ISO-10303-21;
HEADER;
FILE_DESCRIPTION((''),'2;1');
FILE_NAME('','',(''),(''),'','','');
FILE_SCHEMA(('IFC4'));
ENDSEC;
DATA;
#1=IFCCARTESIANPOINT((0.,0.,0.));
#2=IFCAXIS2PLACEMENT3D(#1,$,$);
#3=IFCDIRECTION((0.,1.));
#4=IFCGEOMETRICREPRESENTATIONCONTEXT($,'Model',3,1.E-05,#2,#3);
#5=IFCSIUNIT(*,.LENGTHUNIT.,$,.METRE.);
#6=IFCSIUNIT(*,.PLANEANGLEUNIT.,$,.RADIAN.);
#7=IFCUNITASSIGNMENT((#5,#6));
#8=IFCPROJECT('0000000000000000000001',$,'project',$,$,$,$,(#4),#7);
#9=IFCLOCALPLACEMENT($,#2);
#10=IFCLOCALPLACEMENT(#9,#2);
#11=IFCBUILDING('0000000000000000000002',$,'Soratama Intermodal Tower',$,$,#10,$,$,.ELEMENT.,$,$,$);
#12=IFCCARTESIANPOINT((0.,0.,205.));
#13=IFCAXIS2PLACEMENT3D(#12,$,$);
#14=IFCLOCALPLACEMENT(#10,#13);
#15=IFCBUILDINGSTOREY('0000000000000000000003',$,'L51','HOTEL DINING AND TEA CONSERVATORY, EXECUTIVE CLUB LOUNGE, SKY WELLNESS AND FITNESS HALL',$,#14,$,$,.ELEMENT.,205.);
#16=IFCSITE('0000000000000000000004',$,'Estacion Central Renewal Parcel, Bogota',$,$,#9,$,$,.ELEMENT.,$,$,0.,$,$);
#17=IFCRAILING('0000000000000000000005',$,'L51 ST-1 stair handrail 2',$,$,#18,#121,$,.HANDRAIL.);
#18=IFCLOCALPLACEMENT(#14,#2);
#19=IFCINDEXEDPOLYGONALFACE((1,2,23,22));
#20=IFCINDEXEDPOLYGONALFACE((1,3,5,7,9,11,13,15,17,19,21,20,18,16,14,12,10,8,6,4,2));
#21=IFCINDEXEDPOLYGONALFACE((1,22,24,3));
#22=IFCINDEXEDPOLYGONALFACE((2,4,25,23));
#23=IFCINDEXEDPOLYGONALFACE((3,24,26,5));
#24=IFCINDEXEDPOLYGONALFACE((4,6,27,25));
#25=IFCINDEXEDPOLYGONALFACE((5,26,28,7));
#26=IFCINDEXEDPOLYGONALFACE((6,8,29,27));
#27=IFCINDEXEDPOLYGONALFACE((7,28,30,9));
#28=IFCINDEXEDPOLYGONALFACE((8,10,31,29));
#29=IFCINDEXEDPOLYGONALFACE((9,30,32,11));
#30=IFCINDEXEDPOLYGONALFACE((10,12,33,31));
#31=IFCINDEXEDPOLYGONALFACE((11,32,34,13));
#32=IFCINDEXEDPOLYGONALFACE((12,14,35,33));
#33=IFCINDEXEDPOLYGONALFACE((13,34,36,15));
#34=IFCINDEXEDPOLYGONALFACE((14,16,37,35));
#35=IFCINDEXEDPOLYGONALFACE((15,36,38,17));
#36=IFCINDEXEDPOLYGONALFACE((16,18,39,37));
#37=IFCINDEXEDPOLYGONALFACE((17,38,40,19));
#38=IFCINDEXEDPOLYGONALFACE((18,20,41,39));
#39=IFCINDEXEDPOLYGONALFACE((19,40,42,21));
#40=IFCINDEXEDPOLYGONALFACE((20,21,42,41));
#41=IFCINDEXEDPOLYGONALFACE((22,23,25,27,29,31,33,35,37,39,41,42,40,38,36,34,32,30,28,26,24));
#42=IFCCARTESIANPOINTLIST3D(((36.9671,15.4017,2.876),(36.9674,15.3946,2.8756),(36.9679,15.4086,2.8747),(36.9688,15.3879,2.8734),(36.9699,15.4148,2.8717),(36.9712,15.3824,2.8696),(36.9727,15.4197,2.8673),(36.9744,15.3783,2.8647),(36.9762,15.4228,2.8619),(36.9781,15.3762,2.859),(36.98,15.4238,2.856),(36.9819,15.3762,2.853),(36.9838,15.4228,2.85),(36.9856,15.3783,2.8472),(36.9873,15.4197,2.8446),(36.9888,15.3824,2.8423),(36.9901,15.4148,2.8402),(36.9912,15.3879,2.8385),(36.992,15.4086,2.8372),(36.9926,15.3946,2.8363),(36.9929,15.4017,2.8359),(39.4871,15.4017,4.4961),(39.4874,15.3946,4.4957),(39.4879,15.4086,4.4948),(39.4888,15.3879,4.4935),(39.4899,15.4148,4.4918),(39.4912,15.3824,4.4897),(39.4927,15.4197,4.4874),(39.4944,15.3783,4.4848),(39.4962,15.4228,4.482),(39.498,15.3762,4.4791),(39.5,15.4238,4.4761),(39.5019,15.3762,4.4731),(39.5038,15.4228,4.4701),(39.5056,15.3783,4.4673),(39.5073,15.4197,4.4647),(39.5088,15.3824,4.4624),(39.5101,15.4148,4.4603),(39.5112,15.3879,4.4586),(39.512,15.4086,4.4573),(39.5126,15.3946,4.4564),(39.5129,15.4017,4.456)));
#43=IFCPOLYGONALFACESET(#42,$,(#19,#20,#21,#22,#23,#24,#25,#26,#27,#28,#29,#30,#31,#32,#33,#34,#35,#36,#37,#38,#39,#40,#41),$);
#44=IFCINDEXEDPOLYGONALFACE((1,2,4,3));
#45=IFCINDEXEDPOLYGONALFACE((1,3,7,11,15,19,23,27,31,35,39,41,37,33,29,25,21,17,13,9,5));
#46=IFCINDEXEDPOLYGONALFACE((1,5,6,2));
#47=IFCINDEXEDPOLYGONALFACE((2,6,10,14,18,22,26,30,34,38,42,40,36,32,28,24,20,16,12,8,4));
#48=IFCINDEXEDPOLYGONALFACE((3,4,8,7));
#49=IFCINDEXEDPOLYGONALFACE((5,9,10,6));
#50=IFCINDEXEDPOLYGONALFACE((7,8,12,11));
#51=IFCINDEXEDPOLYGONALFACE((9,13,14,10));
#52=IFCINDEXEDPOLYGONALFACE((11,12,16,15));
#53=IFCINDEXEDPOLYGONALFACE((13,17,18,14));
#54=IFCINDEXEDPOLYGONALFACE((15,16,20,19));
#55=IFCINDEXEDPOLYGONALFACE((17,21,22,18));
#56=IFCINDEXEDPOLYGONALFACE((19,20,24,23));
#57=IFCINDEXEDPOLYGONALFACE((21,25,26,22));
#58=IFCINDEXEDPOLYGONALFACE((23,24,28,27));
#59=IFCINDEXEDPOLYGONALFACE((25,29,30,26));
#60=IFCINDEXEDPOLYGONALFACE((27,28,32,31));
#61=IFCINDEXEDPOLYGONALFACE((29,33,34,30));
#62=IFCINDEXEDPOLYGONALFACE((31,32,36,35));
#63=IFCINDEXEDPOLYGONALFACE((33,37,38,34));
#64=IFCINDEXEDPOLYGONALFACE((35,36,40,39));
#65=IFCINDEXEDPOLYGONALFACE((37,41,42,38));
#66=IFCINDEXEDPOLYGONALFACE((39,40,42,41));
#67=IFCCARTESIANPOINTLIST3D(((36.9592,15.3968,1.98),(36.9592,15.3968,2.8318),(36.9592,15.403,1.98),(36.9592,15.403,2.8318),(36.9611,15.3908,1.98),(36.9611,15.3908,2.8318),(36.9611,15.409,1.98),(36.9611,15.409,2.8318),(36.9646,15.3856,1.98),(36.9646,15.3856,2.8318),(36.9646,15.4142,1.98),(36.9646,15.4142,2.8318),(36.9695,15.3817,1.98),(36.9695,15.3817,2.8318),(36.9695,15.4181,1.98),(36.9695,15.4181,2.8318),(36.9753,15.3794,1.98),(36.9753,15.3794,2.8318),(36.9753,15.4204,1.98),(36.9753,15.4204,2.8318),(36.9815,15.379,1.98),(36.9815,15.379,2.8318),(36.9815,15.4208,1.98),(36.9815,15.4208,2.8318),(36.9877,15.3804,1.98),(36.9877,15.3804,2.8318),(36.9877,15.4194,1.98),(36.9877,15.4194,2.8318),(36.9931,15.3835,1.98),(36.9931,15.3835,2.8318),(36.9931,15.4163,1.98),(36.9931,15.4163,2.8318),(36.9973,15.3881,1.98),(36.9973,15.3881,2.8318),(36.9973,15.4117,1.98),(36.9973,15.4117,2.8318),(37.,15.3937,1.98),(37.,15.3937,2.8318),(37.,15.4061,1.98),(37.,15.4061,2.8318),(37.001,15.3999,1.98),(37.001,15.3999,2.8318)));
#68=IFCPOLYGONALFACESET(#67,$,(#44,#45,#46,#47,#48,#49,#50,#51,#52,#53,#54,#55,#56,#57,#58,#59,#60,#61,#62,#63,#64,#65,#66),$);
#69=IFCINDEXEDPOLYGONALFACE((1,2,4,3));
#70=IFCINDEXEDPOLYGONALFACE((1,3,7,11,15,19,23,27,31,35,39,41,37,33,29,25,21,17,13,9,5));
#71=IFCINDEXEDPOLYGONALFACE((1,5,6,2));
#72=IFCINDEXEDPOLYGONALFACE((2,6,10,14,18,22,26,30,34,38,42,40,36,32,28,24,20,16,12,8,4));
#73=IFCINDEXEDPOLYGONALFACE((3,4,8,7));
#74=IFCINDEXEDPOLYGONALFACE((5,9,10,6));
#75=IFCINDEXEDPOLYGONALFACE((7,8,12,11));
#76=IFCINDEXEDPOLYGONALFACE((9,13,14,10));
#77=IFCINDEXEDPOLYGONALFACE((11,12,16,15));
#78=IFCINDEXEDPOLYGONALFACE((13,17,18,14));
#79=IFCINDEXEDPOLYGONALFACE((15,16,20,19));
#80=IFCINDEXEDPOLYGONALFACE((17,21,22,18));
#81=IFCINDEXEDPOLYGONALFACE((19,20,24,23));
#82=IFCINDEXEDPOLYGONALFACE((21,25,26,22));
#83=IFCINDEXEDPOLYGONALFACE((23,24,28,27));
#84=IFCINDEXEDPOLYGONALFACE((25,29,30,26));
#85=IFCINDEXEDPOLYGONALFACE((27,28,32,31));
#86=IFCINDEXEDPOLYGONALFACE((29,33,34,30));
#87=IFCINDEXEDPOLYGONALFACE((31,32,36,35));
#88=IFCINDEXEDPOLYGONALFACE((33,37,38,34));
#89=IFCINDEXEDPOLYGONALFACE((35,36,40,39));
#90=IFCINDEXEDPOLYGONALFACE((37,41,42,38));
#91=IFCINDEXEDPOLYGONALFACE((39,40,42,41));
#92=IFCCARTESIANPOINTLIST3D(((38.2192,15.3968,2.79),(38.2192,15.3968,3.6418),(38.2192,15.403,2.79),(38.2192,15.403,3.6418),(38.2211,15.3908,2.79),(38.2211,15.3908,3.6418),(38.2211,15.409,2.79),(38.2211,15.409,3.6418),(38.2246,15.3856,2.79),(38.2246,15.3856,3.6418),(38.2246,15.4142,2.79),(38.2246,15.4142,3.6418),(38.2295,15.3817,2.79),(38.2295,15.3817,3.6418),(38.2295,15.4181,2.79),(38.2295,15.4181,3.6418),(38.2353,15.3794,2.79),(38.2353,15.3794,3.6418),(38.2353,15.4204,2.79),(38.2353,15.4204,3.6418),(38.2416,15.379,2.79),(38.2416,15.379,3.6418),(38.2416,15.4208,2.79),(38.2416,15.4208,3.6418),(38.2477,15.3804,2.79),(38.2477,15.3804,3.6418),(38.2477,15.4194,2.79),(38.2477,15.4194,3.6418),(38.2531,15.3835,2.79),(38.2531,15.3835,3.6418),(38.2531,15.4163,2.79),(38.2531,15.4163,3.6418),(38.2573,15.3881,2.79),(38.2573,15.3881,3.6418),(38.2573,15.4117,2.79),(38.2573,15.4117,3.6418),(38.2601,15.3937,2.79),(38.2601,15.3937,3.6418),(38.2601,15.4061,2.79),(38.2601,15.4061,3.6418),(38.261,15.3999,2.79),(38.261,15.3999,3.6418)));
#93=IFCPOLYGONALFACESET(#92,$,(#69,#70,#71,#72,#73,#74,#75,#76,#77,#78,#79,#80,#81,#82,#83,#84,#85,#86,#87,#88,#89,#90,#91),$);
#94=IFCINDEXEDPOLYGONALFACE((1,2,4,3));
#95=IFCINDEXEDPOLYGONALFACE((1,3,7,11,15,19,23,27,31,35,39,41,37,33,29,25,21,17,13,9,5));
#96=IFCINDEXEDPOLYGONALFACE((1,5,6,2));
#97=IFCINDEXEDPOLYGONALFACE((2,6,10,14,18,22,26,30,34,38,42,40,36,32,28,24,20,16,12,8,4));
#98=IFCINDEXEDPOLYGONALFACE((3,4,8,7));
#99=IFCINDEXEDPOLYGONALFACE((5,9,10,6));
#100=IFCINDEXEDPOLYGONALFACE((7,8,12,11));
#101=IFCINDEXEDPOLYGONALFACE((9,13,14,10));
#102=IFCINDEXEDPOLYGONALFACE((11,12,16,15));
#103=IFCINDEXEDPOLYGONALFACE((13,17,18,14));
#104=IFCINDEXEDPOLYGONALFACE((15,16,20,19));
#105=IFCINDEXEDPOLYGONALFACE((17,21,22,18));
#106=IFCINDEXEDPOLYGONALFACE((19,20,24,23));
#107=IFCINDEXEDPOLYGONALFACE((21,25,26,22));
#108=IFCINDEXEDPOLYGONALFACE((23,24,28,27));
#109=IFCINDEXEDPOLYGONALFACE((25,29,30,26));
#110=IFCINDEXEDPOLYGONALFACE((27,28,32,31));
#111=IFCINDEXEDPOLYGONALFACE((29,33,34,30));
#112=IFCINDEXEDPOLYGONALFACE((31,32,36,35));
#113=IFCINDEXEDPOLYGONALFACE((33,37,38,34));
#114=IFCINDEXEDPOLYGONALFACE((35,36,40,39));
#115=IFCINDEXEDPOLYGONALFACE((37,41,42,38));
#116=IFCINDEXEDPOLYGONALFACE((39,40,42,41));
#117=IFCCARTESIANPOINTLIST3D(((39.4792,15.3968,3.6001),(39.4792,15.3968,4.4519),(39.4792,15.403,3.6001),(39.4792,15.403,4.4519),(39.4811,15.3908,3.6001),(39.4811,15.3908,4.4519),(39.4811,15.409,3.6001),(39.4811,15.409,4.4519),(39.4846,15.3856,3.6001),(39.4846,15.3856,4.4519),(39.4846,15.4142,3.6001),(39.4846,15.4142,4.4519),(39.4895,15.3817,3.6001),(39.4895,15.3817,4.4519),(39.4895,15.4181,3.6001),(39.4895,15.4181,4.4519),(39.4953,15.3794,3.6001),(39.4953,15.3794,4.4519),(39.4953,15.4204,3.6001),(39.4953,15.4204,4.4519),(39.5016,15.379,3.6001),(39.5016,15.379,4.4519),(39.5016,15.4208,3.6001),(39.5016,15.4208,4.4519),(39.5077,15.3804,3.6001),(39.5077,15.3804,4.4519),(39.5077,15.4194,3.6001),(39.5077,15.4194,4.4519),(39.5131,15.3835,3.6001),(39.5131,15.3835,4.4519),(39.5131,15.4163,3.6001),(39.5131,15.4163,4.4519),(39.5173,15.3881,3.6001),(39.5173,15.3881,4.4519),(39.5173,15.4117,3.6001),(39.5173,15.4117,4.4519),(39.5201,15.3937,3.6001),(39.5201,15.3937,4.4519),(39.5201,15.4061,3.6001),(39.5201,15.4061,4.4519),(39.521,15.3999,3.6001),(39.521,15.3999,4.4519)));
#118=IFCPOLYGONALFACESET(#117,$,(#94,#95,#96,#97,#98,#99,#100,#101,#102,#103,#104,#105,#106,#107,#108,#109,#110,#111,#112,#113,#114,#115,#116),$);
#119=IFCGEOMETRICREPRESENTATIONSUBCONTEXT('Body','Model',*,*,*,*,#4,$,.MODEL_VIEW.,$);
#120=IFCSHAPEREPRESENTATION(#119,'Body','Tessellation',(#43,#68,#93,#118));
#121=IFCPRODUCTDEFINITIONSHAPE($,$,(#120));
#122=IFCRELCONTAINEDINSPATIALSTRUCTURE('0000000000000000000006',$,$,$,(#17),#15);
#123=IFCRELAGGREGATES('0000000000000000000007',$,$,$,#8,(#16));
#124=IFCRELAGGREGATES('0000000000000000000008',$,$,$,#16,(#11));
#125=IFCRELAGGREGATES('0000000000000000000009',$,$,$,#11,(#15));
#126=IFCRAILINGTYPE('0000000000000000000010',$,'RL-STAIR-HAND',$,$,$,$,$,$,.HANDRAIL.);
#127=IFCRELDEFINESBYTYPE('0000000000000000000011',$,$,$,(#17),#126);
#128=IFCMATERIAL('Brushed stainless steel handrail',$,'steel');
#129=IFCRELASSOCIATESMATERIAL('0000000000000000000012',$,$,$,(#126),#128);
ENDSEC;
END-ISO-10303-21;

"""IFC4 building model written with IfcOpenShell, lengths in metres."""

from ifc_helpers import new_model, si_unit, direction, frame, origin, origin_2d, place, context, subcontext, project, spatial, circle, extrude, material, type_object, element, save


model = new_model("IFC4")

# Units and contexts
model_context = context("Model", 3, precision=1e-05, world=origin(), true_north=direction((0.0, 1.0)))
body_context = subcontext(model_context, "Body", "Model", "MODEL_VIEW")
ifc_project = project(units=[si_unit("LENGTHUNIT", "METRE"), si_unit("PLANEANGLEUNIT", "RADIAN")], contexts=[model_context])

# Site, building, storey
site_placement = place(None, origin())
site = spatial("IfcSite", under=ifc_project, at=site_placement, Name="Estacion Central Renewal Parcel, Bogota", CompositionType="ELEMENT", RefElevation=0.0)
building_placement = place(site_placement, origin())
building = spatial("IfcBuilding", under=site, at=building_placement, Name="Soratama Intermodal Tower", CompositionType="ELEMENT")
storey_placement = place(building_placement, frame((0.0, 0.0, 205.0)))
storey = spatial("IfcBuildingStorey", under=building, at=storey_placement, Name="L51", Description="HOTEL DINING AND TEA CONSERVATORY, EXECUTIVE CLUB LOUNGE, SKY WELLNESS AND FITNESS HALL", CompositionType="ELEMENT", Elevation=205.0)

# Railing
ifc_material_1 = material(Name="Brushed stainless steel handrail", Category="steel")
railing_type_1 = type_object("IfcRailingType", Name="RL-STAIR-HAND", PredefinedType="HANDRAIL", material=ifc_material_1)
railing_1_placement = place(storey_placement, frame((36.98, 15.3999, 1.98)))
element("IfcRailing", 1, at=railing_1_placement, inside=storey, type_object=railing_type_1, Name="L51 ST-1 stair handrail 2", PredefinedType="HANDRAIL", context=body_context, shape_type="SweptSolid", body=[
    extrude(circle(Radius=0.0239, at=origin_2d()), frame((0.0, 0.0, 0.876), z_axis=(0.841163, 0.0, 0.540782), x_axis=(0.0, 1.0, 0.0)), (0.0, 0.0, 1.0), 2.9958),
    extrude(circle(Radius=0.021, at=origin_2d()), origin(), (0.0, 0.0, 1.0), 0.8518),
    extrude(circle(Radius=0.021, at=origin_2d()), frame((1.26, 0.0, 0.8101)), (0.0, 0.0, 1.0), 0.8518),
    extrude(circle(Radius=0.021, at=origin_2d()), frame((2.52, 0.0, 1.6201)), (0.0, 0.0, 1.0), 0.8518),
])

save(model, "model.ifc")
